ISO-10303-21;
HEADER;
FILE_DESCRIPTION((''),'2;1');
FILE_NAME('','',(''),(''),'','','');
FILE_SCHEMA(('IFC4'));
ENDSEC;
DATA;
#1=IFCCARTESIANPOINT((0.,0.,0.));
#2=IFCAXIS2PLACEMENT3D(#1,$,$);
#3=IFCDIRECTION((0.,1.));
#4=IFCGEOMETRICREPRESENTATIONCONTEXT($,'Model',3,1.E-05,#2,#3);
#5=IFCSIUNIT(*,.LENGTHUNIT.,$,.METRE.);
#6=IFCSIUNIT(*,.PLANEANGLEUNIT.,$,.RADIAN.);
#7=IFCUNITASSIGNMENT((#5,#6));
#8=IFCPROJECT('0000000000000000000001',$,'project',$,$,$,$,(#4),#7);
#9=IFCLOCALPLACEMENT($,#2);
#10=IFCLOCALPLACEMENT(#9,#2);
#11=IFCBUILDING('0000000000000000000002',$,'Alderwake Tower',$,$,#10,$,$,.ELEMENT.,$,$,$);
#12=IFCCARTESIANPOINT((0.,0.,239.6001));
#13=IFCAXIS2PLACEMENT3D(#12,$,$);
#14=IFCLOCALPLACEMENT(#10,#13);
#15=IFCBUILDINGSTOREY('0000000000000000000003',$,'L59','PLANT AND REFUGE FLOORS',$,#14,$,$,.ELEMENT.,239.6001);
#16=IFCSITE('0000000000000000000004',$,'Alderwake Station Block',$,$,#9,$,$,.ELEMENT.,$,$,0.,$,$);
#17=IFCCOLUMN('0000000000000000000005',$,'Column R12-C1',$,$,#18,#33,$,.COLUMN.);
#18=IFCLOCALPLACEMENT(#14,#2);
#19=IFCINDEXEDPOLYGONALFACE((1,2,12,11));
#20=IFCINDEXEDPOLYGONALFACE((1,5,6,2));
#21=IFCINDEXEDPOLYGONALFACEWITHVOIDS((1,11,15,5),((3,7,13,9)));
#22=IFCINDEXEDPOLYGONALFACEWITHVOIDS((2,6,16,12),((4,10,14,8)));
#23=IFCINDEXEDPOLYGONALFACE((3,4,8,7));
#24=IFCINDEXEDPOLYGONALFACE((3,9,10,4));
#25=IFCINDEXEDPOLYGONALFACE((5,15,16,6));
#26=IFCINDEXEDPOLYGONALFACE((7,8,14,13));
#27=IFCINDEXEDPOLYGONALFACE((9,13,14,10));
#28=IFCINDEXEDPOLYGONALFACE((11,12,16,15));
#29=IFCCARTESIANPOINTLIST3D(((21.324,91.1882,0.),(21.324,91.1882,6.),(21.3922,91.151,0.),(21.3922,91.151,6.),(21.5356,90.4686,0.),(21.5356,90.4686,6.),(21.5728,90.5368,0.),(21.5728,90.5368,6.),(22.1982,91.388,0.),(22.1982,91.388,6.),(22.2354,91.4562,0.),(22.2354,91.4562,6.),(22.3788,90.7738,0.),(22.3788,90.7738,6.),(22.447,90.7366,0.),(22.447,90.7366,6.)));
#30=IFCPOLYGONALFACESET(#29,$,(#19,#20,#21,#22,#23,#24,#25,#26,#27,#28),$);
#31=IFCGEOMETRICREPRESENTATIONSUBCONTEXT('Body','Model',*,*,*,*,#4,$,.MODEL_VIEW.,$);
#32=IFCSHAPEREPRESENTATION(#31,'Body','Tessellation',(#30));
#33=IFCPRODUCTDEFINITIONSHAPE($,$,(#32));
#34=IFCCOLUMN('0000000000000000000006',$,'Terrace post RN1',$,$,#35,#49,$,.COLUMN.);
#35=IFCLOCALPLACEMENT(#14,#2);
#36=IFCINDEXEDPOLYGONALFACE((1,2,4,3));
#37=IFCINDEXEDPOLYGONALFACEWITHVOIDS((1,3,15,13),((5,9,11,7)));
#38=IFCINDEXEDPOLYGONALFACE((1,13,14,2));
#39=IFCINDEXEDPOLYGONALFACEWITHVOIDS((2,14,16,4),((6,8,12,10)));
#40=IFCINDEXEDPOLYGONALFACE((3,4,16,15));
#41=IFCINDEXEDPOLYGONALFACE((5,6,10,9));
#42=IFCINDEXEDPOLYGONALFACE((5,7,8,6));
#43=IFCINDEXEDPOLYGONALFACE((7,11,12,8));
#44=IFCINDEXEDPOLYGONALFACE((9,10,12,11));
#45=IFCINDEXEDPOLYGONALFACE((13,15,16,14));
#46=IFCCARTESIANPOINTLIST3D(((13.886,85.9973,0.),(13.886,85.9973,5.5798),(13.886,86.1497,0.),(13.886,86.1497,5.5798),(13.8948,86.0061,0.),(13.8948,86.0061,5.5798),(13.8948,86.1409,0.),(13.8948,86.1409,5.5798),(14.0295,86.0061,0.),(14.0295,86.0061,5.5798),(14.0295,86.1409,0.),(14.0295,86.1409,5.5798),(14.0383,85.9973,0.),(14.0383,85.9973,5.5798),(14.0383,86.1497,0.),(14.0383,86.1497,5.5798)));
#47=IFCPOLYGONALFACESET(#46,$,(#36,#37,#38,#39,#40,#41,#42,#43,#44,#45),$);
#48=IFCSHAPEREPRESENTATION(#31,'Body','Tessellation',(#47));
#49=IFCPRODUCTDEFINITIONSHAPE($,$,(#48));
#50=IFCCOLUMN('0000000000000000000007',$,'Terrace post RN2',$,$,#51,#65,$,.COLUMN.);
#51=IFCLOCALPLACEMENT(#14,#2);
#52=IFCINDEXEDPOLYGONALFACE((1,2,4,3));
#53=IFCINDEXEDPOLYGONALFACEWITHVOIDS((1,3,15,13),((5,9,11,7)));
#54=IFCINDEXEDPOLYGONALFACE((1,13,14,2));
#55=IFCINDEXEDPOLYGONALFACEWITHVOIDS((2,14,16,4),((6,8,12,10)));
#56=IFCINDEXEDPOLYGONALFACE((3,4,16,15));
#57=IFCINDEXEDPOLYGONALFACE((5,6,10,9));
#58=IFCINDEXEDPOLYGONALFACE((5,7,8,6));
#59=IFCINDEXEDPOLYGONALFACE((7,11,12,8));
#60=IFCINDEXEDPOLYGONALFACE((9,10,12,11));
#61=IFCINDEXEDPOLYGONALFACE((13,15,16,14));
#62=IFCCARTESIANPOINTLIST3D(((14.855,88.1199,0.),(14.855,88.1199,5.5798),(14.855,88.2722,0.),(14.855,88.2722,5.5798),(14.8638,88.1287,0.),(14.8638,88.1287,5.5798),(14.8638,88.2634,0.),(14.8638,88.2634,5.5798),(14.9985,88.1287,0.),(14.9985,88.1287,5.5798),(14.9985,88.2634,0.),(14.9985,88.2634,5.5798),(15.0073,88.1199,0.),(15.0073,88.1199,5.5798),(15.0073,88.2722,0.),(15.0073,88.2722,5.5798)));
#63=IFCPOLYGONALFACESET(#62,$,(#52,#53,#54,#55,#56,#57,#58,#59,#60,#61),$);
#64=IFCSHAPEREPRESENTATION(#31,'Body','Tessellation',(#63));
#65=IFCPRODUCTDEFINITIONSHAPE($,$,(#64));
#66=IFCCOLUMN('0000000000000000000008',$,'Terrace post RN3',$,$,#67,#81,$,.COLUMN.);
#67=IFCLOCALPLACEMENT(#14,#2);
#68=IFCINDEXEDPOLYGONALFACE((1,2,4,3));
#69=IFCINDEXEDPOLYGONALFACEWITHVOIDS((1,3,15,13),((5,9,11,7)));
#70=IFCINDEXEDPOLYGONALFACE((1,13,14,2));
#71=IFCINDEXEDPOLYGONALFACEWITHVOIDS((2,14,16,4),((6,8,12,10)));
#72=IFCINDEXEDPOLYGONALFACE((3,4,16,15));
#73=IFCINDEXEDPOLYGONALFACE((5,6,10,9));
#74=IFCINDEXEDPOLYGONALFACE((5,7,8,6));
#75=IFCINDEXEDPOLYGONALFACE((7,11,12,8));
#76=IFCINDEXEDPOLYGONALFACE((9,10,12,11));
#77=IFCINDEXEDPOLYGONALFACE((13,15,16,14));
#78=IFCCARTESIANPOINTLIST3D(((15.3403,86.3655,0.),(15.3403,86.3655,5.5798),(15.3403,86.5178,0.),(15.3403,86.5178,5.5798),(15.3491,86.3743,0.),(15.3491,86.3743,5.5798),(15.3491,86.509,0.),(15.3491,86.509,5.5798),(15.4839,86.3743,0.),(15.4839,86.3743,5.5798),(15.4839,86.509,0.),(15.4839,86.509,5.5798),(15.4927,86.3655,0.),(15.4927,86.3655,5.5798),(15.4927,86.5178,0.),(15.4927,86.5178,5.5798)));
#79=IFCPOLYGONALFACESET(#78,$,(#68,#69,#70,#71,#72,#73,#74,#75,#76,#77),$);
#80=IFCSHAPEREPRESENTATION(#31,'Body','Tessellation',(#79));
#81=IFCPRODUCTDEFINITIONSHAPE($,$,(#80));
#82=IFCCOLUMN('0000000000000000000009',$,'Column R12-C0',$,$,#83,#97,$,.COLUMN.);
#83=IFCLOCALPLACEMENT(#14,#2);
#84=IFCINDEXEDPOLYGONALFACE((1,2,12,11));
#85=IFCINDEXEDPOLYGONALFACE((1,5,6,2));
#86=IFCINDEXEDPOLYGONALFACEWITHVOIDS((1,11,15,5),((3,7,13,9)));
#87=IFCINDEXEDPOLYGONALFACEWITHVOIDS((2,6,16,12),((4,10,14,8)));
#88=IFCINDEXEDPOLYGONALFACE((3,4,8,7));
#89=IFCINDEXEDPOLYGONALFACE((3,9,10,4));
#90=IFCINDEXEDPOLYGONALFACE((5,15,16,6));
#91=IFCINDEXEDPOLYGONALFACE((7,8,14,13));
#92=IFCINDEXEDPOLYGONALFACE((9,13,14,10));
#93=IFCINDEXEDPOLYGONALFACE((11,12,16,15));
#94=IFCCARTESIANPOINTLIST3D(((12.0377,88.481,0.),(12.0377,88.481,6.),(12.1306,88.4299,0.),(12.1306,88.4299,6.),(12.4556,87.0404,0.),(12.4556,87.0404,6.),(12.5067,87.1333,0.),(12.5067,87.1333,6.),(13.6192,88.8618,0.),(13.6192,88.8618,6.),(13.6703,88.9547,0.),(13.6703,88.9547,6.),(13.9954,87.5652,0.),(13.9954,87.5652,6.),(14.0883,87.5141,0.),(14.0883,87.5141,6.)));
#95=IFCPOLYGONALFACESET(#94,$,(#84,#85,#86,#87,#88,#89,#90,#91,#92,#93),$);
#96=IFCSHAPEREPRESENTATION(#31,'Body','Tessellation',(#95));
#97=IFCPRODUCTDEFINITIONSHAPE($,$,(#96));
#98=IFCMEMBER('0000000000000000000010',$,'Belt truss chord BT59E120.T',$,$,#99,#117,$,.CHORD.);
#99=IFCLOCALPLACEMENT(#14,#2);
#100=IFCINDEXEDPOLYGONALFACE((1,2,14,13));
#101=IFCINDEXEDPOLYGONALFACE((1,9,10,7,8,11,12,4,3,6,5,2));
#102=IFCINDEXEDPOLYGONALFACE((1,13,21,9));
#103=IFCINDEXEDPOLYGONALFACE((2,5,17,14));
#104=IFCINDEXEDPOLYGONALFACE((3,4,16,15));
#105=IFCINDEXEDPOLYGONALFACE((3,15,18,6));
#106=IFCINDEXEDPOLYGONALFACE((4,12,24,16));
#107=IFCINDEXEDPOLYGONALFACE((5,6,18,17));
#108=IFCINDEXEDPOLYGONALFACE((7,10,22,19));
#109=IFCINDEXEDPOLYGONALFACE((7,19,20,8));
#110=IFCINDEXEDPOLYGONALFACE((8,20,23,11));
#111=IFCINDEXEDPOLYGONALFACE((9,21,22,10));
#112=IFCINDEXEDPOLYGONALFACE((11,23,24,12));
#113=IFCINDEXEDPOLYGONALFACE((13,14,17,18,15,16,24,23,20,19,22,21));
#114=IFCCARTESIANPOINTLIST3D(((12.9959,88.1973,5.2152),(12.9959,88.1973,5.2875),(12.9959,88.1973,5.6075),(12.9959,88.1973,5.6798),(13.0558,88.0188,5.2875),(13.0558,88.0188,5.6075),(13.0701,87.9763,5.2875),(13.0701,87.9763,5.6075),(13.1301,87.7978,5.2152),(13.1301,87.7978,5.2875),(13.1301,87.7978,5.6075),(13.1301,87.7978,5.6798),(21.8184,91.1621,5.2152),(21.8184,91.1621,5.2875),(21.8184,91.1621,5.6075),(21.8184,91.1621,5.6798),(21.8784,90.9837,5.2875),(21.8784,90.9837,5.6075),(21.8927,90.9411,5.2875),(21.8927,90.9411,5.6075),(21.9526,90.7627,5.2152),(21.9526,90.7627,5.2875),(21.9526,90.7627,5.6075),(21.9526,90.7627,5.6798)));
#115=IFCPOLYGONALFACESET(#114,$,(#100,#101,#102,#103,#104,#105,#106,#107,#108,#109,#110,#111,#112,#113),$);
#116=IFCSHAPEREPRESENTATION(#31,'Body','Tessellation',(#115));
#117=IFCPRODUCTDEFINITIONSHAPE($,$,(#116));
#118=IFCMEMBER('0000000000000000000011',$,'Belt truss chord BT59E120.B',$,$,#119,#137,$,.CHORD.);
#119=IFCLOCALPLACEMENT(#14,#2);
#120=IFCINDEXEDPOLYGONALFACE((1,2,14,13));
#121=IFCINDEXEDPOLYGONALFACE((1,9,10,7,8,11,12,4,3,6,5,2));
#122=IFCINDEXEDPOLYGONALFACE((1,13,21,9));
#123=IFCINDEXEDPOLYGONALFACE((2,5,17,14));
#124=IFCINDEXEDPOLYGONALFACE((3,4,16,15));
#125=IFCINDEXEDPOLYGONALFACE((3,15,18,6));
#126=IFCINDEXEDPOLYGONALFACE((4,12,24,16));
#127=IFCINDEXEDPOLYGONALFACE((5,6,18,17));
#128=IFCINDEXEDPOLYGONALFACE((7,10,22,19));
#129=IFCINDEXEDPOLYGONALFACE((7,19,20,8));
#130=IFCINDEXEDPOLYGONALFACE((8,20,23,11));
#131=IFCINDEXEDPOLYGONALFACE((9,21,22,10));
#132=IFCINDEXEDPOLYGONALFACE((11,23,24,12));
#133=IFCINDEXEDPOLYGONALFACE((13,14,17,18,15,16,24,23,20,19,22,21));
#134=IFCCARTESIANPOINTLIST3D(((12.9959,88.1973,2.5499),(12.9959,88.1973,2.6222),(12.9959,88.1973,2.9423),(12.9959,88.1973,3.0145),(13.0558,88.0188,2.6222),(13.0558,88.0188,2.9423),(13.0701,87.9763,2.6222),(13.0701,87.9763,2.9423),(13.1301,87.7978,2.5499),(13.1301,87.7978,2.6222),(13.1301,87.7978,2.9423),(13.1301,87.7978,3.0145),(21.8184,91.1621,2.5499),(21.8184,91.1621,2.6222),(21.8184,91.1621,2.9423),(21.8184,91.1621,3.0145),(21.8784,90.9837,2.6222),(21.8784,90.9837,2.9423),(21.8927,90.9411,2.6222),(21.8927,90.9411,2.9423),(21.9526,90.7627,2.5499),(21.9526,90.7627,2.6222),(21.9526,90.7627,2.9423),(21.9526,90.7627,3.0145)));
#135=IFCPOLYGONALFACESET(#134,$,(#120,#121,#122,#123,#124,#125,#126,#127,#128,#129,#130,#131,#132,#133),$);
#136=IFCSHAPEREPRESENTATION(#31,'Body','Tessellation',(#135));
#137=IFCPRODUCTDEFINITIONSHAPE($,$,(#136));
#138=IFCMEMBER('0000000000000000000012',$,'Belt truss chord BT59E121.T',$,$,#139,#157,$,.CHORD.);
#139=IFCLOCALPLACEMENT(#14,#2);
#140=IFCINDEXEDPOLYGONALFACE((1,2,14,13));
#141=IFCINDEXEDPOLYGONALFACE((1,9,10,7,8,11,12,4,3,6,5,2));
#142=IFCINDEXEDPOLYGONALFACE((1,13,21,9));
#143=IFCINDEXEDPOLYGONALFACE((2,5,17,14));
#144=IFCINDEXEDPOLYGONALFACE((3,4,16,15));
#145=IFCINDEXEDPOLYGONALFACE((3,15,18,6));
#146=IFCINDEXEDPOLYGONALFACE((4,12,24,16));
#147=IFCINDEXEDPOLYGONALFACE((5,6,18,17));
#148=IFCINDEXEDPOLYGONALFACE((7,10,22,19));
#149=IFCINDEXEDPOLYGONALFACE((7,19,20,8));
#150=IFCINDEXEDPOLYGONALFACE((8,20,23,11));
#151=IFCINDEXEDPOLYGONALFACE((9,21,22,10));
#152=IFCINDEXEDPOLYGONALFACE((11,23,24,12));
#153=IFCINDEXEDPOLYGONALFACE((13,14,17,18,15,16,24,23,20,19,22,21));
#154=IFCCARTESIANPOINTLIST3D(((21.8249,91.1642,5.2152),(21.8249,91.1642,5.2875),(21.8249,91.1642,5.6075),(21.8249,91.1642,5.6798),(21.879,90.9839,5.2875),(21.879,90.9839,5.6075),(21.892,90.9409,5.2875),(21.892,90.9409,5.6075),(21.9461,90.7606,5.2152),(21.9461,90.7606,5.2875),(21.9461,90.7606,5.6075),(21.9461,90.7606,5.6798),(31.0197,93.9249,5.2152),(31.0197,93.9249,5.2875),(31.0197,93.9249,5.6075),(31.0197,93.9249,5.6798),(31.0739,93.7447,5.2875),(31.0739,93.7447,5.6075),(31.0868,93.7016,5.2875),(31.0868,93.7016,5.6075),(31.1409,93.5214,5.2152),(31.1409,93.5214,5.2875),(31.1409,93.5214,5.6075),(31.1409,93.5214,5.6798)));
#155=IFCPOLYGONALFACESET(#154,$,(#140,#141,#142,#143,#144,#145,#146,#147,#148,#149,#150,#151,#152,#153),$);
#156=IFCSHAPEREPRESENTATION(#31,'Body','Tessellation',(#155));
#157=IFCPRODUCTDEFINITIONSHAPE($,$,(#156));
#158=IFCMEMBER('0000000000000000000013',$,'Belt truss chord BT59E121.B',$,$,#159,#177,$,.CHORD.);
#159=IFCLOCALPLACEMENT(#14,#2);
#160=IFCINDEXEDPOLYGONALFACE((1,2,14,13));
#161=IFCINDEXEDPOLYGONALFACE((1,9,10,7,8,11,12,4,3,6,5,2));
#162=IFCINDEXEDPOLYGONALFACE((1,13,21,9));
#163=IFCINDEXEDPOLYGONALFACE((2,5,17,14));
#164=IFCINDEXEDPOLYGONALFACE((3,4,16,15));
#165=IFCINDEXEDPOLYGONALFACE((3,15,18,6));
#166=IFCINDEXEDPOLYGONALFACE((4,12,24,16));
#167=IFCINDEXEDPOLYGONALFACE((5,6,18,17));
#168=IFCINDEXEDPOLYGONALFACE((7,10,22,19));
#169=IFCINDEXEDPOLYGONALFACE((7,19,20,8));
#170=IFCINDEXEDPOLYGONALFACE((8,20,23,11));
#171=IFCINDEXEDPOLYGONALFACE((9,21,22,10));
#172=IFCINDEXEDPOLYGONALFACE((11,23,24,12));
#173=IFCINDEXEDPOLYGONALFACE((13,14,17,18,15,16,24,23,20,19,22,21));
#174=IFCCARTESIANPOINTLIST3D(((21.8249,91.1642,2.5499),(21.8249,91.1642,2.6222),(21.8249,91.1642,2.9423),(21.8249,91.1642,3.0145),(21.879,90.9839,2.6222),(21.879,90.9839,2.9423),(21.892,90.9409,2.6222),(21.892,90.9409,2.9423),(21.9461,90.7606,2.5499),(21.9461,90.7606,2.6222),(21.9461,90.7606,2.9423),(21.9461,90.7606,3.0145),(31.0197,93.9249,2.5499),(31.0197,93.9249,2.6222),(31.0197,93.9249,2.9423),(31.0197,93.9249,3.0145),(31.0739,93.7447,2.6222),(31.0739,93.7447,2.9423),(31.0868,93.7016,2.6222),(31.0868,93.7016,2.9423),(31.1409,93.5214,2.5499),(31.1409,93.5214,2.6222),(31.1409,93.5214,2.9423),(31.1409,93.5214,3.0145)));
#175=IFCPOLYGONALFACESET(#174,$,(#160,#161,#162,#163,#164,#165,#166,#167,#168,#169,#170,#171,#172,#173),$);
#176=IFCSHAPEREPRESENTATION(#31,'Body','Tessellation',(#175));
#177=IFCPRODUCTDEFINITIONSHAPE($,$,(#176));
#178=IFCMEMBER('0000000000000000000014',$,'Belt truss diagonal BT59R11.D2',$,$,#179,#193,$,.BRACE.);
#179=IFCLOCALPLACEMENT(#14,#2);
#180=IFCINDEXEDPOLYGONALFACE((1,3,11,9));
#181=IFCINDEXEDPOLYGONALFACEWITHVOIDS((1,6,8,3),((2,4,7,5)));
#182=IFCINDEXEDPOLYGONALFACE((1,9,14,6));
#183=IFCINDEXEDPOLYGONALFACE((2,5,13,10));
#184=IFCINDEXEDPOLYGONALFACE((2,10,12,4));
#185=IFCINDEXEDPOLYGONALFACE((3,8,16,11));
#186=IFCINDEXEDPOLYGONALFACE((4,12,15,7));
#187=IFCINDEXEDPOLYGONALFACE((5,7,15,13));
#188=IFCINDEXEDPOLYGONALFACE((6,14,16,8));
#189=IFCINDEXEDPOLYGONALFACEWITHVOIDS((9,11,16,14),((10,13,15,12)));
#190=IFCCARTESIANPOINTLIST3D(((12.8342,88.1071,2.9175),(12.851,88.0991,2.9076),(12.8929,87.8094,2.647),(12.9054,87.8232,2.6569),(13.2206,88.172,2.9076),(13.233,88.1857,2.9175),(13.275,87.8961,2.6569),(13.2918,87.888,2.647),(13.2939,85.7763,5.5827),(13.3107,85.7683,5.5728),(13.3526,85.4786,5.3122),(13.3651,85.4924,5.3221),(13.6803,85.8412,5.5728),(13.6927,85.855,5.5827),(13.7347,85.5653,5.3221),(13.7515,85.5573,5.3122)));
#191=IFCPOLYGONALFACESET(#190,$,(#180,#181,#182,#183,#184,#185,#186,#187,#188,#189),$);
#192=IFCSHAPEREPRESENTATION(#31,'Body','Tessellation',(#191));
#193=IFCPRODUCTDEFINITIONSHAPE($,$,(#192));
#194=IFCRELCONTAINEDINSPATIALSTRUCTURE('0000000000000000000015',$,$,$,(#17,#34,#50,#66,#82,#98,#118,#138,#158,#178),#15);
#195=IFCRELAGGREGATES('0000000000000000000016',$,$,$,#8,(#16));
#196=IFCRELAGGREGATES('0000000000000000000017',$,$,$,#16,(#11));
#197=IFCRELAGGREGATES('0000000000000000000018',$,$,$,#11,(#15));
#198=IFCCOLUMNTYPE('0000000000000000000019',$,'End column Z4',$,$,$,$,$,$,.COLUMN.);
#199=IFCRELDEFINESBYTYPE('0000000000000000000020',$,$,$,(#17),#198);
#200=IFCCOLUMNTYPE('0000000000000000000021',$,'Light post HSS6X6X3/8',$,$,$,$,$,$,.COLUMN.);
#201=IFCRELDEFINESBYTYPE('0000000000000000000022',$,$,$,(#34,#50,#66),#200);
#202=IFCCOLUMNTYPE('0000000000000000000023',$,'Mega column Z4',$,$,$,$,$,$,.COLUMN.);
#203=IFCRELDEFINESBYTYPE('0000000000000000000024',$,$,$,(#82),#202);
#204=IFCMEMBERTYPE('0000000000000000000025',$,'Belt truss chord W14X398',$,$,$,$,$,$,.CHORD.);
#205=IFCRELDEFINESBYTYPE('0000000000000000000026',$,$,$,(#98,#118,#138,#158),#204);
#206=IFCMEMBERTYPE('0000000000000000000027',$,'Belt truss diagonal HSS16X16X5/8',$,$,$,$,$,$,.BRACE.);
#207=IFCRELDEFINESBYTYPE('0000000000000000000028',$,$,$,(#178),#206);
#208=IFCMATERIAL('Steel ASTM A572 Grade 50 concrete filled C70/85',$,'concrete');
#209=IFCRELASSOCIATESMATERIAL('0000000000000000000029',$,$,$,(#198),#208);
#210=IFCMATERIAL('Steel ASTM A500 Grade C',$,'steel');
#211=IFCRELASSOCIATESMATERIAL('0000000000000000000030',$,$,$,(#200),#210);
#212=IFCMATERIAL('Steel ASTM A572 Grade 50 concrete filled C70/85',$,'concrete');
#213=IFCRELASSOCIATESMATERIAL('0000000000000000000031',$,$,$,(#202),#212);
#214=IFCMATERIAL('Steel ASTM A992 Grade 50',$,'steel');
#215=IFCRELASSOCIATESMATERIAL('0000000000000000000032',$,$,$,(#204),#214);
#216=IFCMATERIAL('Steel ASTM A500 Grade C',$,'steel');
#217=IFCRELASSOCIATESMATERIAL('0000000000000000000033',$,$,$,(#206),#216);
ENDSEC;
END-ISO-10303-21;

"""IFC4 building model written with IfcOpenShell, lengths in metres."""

from ifc_helpers import new_model, si_unit, direction, frame, origin, origin_2d, place, context, subcontext, project, spatial, hollow_rectangle, i_section, extrude, material, material_profile, profile_set, type_object, element, save


model = new_model("IFC4")

# Units and contexts
model_context = context("Model", 3, precision=1e-05, world=origin(), true_north=direction((0.0, 1.0)))
body_context = subcontext(model_context, "Body", "Model", "MODEL_VIEW")
ifc_project = project(units=[si_unit("LENGTHUNIT", "METRE"), si_unit("PLANEANGLEUNIT", "RADIAN")], contexts=[model_context])

# Site, building, storey
site_placement = place(None, origin())
site = spatial("IfcSite", under=ifc_project, at=site_placement, Name="Alderwake Station Block", CompositionType="ELEMENT", RefElevation=0.0)
building_placement = place(site_placement, origin())
building = spatial("IfcBuilding", under=site, at=building_placement, Name="Alderwake Tower", CompositionType="ELEMENT")
storey_placement = place(building_placement, frame((0.0, 0.0, 239.6001)))
storey = spatial("IfcBuildingStorey", under=building, at=storey_placement, Name="L59", Description="PLANT AND REFUGE FLOORS", CompositionType="ELEMENT", Elevation=239.6001)

# Columns
ifc_material_1 = material(Name="Steel ASTM A572 Grade 50 concrete filled C70/85", Category="concrete")
ifc_material_profile_1 = material_profile(ifc_material_1, hollow_rectangle(XDim=0.75, YDim=0.95, WallThickness=0.0549, at=origin_2d()), Name="BOX 950X750X55")
ifc_profile_set_1 = profile_set([ifc_material_profile_1], Name="Steel ASTM A572 Grade 50 concrete filled C70/85")
column_type_1 = type_object("IfcColumnType", Name="End column Z4", PredefinedType="COLUMN", material=ifc_profile_set_1)
column_1_placement = place(storey_placement, frame((21.8855, 90.9624, 0.0), z_axis=(0.0, 0.0, 1.0), x_axis=(-0.282132, 0.959376, 0.0)))
element("IfcColumn", 1, at=column_1_placement, inside=storey, type_object=column_type_1, Name="Column R12-C1", PredefinedType="COLUMN", context=body_context, shape_type="SweptSolid", body=[
    extrude(hollow_rectangle(XDim=0.75, YDim=0.95, WallThickness=0.0549, at=origin_2d()), origin(), (0.0, 0.0, 1.0), 6.0),
])
ifc_material_2 = material(Name="Steel ASTM A500 Grade C", Category="steel")
ifc_material_profile_2 = material_profile(ifc_material_2, hollow_rectangle(XDim=0.1523, YDim=0.1523, WallThickness=0.0088, at=origin_2d()), Name="HSS6X6X3/8")
ifc_profile_set_2 = profile_set([ifc_material_profile_2], Name="Steel ASTM A500 Grade C")
column_type_2 = type_object("IfcColumnType", Name="Light post HSS6X6X3/8", PredefinedType="COLUMN", material=ifc_profile_set_2)
for number, where, z_axis, x_axis, name in (
    (2, (13.9622, 86.0735, 0.0), (0.0, 0.0, 1.0), (1.0, 0.0, 0.0), "Terrace post RN1"),
    (3, (14.9312, 88.196, 0.0), (0.0, 0.0, 1.0), (1.0, 0.0, 0.0), "Terrace post RN2"),
    (4, (15.4165, 86.4417, 0.0), (0.0, 0.0, 1.0), (1.0, 0.0, 0.0), "Terrace post RN3"),
):
    element("IfcColumn", number, at=place(storey_placement, frame(where, z_axis=z_axis, x_axis=x_axis)), inside=storey, type_object=column_type_2, Name=name, PredefinedType="COLUMN", context=body_context, shape_type="SweptSolid", body=[
        extrude(hollow_rectangle(XDim=0.1523, YDim=0.1523, WallThickness=0.0088, at=origin_2d()), origin(), (0.0, 0.0, 1.0), 5.5798),
    ])
ifc_material_3 = material(Name="Steel ASTM A572 Grade 50 concrete filled C70/85", Category="concrete")
ifc_material_profile_3 = material_profile(ifc_material_3, hollow_rectangle(XDim=1.5, YDim=1.7, WallThickness=0.075, at=origin_2d()), Name="BOX 1700X1500X75")
ifc_profile_set_3 = profile_set([ifc_material_profile_3], Name="Steel ASTM A572 Grade 50 concrete filled C70/85")
column_type_3 = type_object("IfcColumnType", Name="Mega column Z4", PredefinedType="COLUMN", material=ifc_profile_set_3)
column_2_placement = place(storey_placement, frame((13.063, 87.9976, 0.0), z_axis=(0.0, 0.0, 1.0), x_axis=(-0.278612, 0.960404, 0.0)))
element("IfcColumn", 5, at=column_2_placement, inside=storey, type_object=column_type_3, Name="Column R12-C0", PredefinedType="COLUMN", context=body_context, shape_type="SweptSolid", body=[
    extrude(hollow_rectangle(XDim=1.5, YDim=1.7, WallThickness=0.075, at=origin_2d()), origin(), (0.0, 0.0, 1.0), 6.0),
])

# Members
ifc_material_4 = material(Name="Steel ASTM A992 Grade 50", Category="steel")
ifc_material_profile_4 = material_profile(ifc_material_4, i_section(OverallWidth=0.4214, OverallDepth=0.4646, WebThickness=0.0449, FlangeThickness=0.0723, at=origin_2d()), Name="W14X398")
ifc_profile_set_4 = profile_set([ifc_material_profile_4], Name="Steel ASTM A992 Grade 50")
member_type_1 = type_object("IfcMemberType", Name="Belt truss chord W14X398", PredefinedType="CHORD", material=ifc_profile_set_4)
for number, where, z_axis, x_axis, name in (
    (6, (13.063, 87.9976, 5.4475), (0.947907, 0.318548, 0.0), (-0.318548, 0.947907, 0.0), "Belt truss chord BT59E120.T"),
    (7, (13.063, 87.9976, 2.7822), (0.947907, 0.318548, 0.0), (-0.318548, 0.947907, 0.0), "Belt truss chord BT59E120.B"),
):
    element("IfcMember", number, at=place(storey_placement, frame(where, z_axis=z_axis, x_axis=x_axis)), inside=storey, type_object=member_type_1, Name=name, PredefinedType="CHORD", context=body_context, shape_type="SweptSolid", body=[
        extrude(i_section(OverallWidth=0.4214, OverallDepth=0.4646, WebThickness=0.0449, FlangeThickness=0.0723, at=origin_2d()), origin(), (0.0, 0.0, 1.0), 9.3074),
    ])
for number, where, z_axis, x_axis, name in (
    (8, (21.8855, 90.9624, 5.4475), (0.95776, 0.287567, 0.0), (-0.287567, 0.95776, 0.0), "Belt truss chord BT59E121.T"),
    (9, (21.8855, 90.9624, 2.7822), (0.95776, 0.287567, 0.0), (-0.287567, 0.95776, 0.0), "Belt truss chord BT59E121.B"),
):
    element("IfcMember", number, at=place(storey_placement, frame(where, z_axis=z_axis, x_axis=x_axis)), inside=storey, type_object=member_type_1, Name=name, PredefinedType="CHORD", context=body_context, shape_type="SweptSolid", body=[
        extrude(i_section(OverallWidth=0.4214, OverallDepth=0.4646, WebThickness=0.0449, FlangeThickness=0.0723, at=origin_2d()), origin(), (0.0, 0.0, 1.0), 9.6003),
    ])
ifc_material_5 = material(Name="Steel ASTM A500 Grade C", Category="steel")
ifc_material_profile_5 = material_profile(ifc_material_5, hollow_rectangle(XDim=0.4065, YDim=0.4065, WallThickness=0.0149, at=origin_2d()), Name="HSS16X16X5/8")
ifc_profile_set_5 = profile_set([ifc_material_profile_5], Name="Steel ASTM A500 Grade C")
member_type_2 = type_object("IfcMemberType", Name="Belt truss diagonal HSS16X16X5/8", PredefinedType="BRACE", material=ifc_profile_set_5)
member_1_placement = place(storey_placement, frame((13.063, 87.9976, 2.7822), z_axis=(0.128758, -0.652815, 0.746494), x_axis=(0.981099, 0.193507, 0.0)))
element("IfcMember", 10, at=member_1_placement, inside=storey, type_object=member_type_2, Name="Belt truss diagonal BT59R11.D2", PredefinedType="BRACE", context=body_context, shape_type="SweptSolid", body=[
    extrude(hollow_rectangle(XDim=0.4065, YDim=0.4065, WallThickness=0.0149, at=origin_2d()), origin(), (0.0, 0.0, 1.0), 3.5703),
])

save(model, "model.ifc")
